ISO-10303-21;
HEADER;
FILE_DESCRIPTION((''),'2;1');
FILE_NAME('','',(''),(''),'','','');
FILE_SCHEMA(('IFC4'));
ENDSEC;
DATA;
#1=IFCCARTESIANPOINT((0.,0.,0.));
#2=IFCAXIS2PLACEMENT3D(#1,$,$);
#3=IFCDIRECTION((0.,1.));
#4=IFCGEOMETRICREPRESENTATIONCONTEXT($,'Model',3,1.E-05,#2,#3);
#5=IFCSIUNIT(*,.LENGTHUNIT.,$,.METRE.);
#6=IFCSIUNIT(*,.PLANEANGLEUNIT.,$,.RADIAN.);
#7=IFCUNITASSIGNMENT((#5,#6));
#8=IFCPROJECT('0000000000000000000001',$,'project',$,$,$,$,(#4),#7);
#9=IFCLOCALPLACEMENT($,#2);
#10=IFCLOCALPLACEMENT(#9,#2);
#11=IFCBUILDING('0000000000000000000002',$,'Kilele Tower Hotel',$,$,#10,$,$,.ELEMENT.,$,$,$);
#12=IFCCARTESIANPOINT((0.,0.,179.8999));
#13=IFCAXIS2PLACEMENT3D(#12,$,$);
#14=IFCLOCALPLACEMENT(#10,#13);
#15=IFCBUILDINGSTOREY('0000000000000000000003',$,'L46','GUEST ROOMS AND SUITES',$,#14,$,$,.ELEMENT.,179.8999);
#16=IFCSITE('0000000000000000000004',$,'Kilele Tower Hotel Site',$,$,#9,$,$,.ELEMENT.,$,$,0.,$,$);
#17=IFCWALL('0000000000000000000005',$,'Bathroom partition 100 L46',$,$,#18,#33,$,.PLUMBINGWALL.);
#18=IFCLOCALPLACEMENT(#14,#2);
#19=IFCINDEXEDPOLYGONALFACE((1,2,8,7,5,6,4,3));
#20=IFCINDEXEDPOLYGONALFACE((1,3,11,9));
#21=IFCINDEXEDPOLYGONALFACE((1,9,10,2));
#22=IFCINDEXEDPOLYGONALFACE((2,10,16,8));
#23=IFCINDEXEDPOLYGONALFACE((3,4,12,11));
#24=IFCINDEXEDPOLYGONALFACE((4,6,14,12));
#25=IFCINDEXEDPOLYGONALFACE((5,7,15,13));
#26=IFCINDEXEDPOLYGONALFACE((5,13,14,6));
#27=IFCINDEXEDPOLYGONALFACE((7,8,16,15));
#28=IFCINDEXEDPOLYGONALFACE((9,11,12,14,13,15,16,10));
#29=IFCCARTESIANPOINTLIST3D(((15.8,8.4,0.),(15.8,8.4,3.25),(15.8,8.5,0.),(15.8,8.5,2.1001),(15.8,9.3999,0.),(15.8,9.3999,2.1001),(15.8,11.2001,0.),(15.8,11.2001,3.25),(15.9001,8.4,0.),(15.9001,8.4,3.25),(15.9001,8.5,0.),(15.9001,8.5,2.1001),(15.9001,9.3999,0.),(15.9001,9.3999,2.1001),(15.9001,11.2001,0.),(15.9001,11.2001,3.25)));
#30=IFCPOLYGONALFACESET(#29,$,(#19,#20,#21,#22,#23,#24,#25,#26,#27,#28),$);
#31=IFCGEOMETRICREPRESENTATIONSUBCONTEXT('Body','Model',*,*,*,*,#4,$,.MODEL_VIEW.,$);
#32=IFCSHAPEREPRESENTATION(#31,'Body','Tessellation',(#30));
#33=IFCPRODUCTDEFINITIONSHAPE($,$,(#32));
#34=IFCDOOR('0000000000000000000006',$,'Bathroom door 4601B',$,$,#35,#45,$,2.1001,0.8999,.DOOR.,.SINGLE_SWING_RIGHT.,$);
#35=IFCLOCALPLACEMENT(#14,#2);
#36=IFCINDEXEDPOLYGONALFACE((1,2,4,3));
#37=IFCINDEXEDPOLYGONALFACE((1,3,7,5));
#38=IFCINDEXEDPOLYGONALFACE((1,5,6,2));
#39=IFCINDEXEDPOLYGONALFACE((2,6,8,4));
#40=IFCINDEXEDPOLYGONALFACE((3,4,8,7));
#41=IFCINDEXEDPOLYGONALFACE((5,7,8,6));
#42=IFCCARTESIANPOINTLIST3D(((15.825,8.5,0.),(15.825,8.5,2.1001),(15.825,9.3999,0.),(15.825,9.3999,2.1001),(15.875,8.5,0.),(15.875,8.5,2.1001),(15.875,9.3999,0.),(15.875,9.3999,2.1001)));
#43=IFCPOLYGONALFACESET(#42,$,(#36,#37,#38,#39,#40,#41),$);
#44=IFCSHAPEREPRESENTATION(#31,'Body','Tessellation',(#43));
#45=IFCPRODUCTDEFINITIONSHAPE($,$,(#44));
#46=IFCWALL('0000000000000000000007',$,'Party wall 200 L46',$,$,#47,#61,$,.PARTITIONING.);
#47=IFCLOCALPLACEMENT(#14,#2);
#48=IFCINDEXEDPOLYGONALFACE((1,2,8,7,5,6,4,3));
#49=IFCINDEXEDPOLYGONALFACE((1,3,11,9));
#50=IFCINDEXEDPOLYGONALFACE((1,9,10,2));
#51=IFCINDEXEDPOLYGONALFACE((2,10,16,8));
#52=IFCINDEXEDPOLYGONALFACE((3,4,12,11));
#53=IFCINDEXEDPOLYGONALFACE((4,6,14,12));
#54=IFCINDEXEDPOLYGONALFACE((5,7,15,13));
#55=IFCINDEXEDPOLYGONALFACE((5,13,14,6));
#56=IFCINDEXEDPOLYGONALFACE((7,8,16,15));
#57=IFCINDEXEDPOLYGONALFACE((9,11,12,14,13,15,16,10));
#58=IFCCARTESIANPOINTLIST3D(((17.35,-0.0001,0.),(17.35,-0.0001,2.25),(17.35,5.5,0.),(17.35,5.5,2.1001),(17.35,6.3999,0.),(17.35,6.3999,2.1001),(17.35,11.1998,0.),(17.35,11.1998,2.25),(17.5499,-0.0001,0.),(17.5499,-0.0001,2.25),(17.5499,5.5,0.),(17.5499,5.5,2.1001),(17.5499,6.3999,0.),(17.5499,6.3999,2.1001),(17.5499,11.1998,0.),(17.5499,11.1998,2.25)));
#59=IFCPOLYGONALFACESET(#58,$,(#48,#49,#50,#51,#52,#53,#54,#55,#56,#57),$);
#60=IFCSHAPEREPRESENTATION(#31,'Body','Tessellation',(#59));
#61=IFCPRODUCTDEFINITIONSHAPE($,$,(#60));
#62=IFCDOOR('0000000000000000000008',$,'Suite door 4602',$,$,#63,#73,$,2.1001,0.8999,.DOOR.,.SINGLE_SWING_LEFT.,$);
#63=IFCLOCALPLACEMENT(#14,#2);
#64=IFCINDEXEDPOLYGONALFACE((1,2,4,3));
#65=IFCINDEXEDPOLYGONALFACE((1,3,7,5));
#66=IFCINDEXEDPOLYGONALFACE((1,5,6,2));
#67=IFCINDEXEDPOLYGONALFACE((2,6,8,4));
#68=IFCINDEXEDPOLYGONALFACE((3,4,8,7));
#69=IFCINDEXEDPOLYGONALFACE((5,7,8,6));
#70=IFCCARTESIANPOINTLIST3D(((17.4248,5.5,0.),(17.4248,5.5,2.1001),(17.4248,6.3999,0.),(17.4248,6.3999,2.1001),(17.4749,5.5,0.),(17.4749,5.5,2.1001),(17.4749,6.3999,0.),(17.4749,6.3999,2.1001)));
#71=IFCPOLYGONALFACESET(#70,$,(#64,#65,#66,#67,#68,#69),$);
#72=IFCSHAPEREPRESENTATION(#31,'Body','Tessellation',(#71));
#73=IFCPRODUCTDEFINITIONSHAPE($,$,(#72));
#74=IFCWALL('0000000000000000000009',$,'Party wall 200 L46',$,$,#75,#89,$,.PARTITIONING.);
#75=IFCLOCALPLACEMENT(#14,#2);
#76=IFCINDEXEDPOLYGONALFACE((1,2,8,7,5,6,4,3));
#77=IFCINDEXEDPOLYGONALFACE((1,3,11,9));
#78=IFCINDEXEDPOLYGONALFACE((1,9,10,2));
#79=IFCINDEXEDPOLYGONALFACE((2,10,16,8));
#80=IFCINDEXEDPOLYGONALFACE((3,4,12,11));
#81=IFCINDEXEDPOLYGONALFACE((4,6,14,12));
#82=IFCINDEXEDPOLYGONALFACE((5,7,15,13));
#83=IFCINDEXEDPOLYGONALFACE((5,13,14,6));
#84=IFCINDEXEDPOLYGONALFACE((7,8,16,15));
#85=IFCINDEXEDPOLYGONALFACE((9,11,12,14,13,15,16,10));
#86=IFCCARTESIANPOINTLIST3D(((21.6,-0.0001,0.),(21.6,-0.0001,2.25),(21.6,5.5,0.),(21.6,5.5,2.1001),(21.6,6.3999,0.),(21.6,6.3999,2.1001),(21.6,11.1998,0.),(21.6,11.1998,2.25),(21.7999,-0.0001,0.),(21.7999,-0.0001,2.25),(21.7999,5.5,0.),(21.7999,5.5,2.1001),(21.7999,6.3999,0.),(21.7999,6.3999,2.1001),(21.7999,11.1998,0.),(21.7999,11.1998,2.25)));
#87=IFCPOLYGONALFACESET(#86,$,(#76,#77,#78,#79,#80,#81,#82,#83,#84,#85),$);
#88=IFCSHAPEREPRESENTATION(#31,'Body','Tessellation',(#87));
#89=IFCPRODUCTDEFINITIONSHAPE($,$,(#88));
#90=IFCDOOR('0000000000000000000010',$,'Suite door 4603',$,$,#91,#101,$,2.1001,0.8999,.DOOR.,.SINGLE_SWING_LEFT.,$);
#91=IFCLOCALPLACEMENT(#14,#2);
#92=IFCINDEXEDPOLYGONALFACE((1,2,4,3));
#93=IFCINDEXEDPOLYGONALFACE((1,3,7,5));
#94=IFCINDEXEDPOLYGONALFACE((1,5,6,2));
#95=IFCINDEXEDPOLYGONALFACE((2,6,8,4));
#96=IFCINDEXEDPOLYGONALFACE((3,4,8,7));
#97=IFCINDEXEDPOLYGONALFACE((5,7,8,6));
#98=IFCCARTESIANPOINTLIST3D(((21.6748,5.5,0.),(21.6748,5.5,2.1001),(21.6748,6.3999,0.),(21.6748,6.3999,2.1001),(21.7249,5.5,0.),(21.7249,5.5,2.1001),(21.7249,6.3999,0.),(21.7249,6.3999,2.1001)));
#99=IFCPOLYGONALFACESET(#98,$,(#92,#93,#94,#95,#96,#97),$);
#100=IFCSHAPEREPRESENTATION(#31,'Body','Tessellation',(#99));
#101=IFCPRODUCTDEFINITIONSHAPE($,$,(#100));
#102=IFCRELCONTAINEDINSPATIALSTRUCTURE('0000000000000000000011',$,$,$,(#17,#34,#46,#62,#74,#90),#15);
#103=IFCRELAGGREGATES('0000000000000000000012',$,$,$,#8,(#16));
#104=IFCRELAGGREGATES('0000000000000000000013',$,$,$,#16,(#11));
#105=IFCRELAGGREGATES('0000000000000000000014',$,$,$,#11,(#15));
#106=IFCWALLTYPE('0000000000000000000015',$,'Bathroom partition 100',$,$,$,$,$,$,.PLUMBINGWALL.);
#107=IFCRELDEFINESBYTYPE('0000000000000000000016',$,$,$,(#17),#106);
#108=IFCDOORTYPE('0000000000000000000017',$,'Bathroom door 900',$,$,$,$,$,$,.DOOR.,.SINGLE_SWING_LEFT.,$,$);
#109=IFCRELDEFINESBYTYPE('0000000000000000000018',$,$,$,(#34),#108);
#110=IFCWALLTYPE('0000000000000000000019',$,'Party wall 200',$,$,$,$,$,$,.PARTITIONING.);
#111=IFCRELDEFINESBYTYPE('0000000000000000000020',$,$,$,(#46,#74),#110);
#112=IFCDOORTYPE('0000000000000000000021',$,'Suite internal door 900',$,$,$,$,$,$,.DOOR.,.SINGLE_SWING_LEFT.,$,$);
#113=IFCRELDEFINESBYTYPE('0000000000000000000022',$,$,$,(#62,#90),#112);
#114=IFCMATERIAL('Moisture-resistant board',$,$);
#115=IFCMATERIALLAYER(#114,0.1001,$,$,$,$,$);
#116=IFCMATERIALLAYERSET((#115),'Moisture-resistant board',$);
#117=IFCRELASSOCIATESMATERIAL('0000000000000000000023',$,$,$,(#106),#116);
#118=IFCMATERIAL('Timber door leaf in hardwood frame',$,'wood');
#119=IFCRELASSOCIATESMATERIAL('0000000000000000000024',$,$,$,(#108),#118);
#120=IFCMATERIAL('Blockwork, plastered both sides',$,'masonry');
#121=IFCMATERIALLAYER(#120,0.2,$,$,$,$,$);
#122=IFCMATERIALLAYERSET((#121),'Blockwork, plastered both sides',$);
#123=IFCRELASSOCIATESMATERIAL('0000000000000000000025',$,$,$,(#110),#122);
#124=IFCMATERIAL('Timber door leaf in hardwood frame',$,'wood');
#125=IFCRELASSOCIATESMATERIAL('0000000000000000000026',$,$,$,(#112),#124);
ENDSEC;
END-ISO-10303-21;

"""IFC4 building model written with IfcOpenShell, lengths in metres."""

from ifc_helpers import new_model, si_unit, direction, frame, frame_2d, origin, place, context, subcontext, project, spatial, rectangle, extrude, material, layer, layer_set, type_object, element, fill, save


model = new_model("IFC4")

# Units and contexts
model_context = context("Model", 3, precision=1e-05, world=origin(), true_north=direction((0.0, 1.0)))
body_context = subcontext(model_context, "Body", "Model", "MODEL_VIEW")
ifc_project = project(units=[si_unit("LENGTHUNIT", "METRE"), si_unit("PLANEANGLEUNIT", "RADIAN")], contexts=[model_context])

# Site, building, storey
site_placement = place(None, origin())
site = spatial("IfcSite", under=ifc_project, at=site_placement, Name="Kilele Tower Hotel Site", CompositionType="ELEMENT", RefElevation=0.0)
building_placement = place(site_placement, origin())
building = spatial("IfcBuilding", under=site, at=building_placement, Name="Kilele Tower Hotel", CompositionType="ELEMENT")
storey_placement = place(building_placement, frame((0.0, 0.0, 179.8999)))
storey = spatial("IfcBuildingStorey", under=building, at=storey_placement, Name="L46", Description="GUEST ROOMS AND SUITES", CompositionType="ELEMENT", Elevation=179.8999)

# Walls, openings, doors
ifc_material_1 = material(Name="Moisture-resistant board")
ifc_layer_1 = layer(ifc_material_1, 0.1001)
ifc_layer_set_1 = layer_set([ifc_layer_1], Name="Moisture-resistant board")
wall_type_1 = type_object("IfcWallType", Name="Bathroom partition 100", PredefinedType="PLUMBINGWALL", material=ifc_layer_set_1)
wall_1_placement = place(storey_placement, frame((15.8501, 11.2, 0.0), z_axis=(0.0, 0.0, 1.0), x_axis=(0.0, -1.0, 0.0)))
wall_1 = element("IfcWall", 1, at=wall_1_placement, inside=storey, type_object=wall_type_1, Name="Bathroom partition 100 L46", PredefinedType="PLUMBINGWALL", context=body_context, shape_type="SweptSolid", body=[
    extrude(rectangle(XDim=2.8, YDim=0.1001, at=frame_2d((1.3999, 0.0))), origin(), (0.0, 0.0, 1.0), 3.25),
])
opening_1_placement = place(wall_1_placement, frame((1.8, 0.0, 0.0)))
opening_1 = element("IfcOpeningElement", 2, at=opening_1_placement, cuts=wall_1, PredefinedType="OPENING", context=body_context, shape_type="SweptSolid", body=[
    extrude(rectangle(XDim=0.8999, YDim=2.1001, at=frame_2d((0.45, 1.05))), frame((0.0, 0.0601, 0.0), z_axis=(0.0, -1.0, 0.0), x_axis=(1.0, 0.0, 0.0)), (0.0, 0.0, 1.0), 0.1201),
])
ifc_material_2 = material(Name="Timber door leaf in hardwood frame", Category="wood")
door_type_1 = type_object("IfcDoorType", Name="Bathroom door 900", OperationType="SINGLE_SWING_LEFT", PredefinedType="DOOR", material=ifc_material_2)
door_1_placement = place(opening_1_placement, origin())
door_1 = element("IfcDoor", 3, at=door_1_placement, inside=storey, type_object=door_type_1, Name="Bathroom door 4601B", OperationType="SINGLE_SWING_RIGHT", OverallHeight=2.1001, OverallWidth=0.8999, PredefinedType="DOOR", context=body_context, shape_type="SweptSolid", body=[
    extrude(rectangle(XDim=0.8999, YDim=2.1001, at=frame_2d((0.45, 1.05))), frame((0.0, 0.0249, 0.0), z_axis=(0.0, -1.0, 0.0), x_axis=(1.0, 0.0, 0.0)), (0.0, 0.0, 1.0), 0.05),
])
fill(opening_1, door_1)
ifc_material_3 = material(Name="Blockwork, plastered both sides", Category="masonry")
ifc_layer_2 = layer(ifc_material_3, 0.2)
ifc_layer_set_2 = layer_set([ifc_layer_2], Name="Blockwork, plastered both sides")
wall_type_2 = type_object("IfcWallType", Name="Party wall 200", PredefinedType="PARTITIONING", material=ifc_layer_set_2)
wall_2_placement = place(storey_placement, frame((17.45, 11.2, 0.0), z_axis=(0.0, 0.0, 1.0), x_axis=(0.0, -1.0, 0.0)))
wall_2 = element("IfcWall", 4, at=wall_2_placement, inside=storey, type_object=wall_type_2, Name="Party wall 200 L46", PredefinedType="PARTITIONING", context=body_context, shape_type="SweptSolid", body=[
    extrude(rectangle(XDim=11.2, YDim=0.2, at=frame_2d((5.6001, 0.0))), origin(), (0.0, 0.0, 1.0), 2.25),
])
opening_2_placement = place(wall_2_placement, frame((4.8, 0.0, 0.0)))
opening_2 = element("IfcOpeningElement", 5, at=opening_2_placement, cuts=wall_2, PredefinedType="OPENING", context=body_context, shape_type="SweptSolid", body=[
    extrude(rectangle(XDim=0.8999, YDim=2.1001, at=frame_2d((0.45, 1.05))), frame((0.0, 0.1099, 0.0), z_axis=(0.0, -1.0, 0.0), x_axis=(1.0, 0.0, 0.0)), (0.0, 0.0, 1.0), 0.22),
])
ifc_material_4 = material(Name="Timber door leaf in hardwood frame", Category="wood")
door_type_2 = type_object("IfcDoorType", Name="Suite internal door 900", OperationType="SINGLE_SWING_LEFT", PredefinedType="DOOR", material=ifc_material_4)
door_2_placement = place(opening_2_placement, origin())
door_2 = element("IfcDoor", 6, at=door_2_placement, inside=storey, type_object=door_type_2, Name="Suite door 4602", OperationType="SINGLE_SWING_LEFT", OverallHeight=2.1001, OverallWidth=0.8999, PredefinedType="DOOR", context=body_context, shape_type="SweptSolid", body=[
    extrude(rectangle(XDim=0.8999, YDim=2.1001, at=frame_2d((0.45, 1.05))), frame((0.0, 0.0249, 0.0), z_axis=(0.0, -1.0, 0.0), x_axis=(1.0, 0.0, 0.0)), (0.0, 0.0, 1.0), 0.05),
])
fill(opening_2, door_2)
wall_3_placement = place(storey_placement, frame((21.7, 11.2, 0.0), z_axis=(0.0, 0.0, 1.0), x_axis=(0.0, -1.0, 0.0)))
wall_3 = element("IfcWall", 7, at=wall_3_placement, inside=storey, type_object=wall_type_2, Name="Party wall 200 L46", PredefinedType="PARTITIONING", context=body_context, shape_type="SweptSolid", body=[
    extrude(rectangle(XDim=11.2, YDim=0.2, at=frame_2d((5.6001, 0.0))), origin(), (0.0, 0.0, 1.0), 2.25),
])
opening_3_placement = place(wall_3_placement, frame((4.8, 0.0, 0.0)))
opening_3 = element("IfcOpeningElement", 8, at=opening_3_placement, cuts=wall_3, PredefinedType="OPENING", context=body_context, shape_type="SweptSolid", body=[
    extrude(rectangle(XDim=0.8999, YDim=2.1001, at=frame_2d((0.45, 1.05))), frame((0.0, 0.1099, 0.0), z_axis=(0.0, -1.0, 0.0), x_axis=(1.0, 0.0, 0.0)), (0.0, 0.0, 1.0), 0.22),
])
door_3_placement = place(opening_3_placement, origin())
door_3 = element("IfcDoor", 9, at=door_3_placement, inside=storey, type_object=door_type_2, Name="Suite door 4603", OperationType="SINGLE_SWING_LEFT", OverallHeight=2.1001, OverallWidth=0.8999, PredefinedType="DOOR", context=body_context, shape_type="SweptSolid", body=[
    extrude(rectangle(XDim=0.8999, YDim=2.1001, at=frame_2d((0.45, 1.05))), frame((0.0, 0.0249, 0.0), z_axis=(0.0, -1.0, 0.0), x_axis=(1.0, 0.0, 0.0)), (0.0, 0.0, 1.0), 0.05),
])
fill(opening_3, door_3)

save(model, "model.ifc")
